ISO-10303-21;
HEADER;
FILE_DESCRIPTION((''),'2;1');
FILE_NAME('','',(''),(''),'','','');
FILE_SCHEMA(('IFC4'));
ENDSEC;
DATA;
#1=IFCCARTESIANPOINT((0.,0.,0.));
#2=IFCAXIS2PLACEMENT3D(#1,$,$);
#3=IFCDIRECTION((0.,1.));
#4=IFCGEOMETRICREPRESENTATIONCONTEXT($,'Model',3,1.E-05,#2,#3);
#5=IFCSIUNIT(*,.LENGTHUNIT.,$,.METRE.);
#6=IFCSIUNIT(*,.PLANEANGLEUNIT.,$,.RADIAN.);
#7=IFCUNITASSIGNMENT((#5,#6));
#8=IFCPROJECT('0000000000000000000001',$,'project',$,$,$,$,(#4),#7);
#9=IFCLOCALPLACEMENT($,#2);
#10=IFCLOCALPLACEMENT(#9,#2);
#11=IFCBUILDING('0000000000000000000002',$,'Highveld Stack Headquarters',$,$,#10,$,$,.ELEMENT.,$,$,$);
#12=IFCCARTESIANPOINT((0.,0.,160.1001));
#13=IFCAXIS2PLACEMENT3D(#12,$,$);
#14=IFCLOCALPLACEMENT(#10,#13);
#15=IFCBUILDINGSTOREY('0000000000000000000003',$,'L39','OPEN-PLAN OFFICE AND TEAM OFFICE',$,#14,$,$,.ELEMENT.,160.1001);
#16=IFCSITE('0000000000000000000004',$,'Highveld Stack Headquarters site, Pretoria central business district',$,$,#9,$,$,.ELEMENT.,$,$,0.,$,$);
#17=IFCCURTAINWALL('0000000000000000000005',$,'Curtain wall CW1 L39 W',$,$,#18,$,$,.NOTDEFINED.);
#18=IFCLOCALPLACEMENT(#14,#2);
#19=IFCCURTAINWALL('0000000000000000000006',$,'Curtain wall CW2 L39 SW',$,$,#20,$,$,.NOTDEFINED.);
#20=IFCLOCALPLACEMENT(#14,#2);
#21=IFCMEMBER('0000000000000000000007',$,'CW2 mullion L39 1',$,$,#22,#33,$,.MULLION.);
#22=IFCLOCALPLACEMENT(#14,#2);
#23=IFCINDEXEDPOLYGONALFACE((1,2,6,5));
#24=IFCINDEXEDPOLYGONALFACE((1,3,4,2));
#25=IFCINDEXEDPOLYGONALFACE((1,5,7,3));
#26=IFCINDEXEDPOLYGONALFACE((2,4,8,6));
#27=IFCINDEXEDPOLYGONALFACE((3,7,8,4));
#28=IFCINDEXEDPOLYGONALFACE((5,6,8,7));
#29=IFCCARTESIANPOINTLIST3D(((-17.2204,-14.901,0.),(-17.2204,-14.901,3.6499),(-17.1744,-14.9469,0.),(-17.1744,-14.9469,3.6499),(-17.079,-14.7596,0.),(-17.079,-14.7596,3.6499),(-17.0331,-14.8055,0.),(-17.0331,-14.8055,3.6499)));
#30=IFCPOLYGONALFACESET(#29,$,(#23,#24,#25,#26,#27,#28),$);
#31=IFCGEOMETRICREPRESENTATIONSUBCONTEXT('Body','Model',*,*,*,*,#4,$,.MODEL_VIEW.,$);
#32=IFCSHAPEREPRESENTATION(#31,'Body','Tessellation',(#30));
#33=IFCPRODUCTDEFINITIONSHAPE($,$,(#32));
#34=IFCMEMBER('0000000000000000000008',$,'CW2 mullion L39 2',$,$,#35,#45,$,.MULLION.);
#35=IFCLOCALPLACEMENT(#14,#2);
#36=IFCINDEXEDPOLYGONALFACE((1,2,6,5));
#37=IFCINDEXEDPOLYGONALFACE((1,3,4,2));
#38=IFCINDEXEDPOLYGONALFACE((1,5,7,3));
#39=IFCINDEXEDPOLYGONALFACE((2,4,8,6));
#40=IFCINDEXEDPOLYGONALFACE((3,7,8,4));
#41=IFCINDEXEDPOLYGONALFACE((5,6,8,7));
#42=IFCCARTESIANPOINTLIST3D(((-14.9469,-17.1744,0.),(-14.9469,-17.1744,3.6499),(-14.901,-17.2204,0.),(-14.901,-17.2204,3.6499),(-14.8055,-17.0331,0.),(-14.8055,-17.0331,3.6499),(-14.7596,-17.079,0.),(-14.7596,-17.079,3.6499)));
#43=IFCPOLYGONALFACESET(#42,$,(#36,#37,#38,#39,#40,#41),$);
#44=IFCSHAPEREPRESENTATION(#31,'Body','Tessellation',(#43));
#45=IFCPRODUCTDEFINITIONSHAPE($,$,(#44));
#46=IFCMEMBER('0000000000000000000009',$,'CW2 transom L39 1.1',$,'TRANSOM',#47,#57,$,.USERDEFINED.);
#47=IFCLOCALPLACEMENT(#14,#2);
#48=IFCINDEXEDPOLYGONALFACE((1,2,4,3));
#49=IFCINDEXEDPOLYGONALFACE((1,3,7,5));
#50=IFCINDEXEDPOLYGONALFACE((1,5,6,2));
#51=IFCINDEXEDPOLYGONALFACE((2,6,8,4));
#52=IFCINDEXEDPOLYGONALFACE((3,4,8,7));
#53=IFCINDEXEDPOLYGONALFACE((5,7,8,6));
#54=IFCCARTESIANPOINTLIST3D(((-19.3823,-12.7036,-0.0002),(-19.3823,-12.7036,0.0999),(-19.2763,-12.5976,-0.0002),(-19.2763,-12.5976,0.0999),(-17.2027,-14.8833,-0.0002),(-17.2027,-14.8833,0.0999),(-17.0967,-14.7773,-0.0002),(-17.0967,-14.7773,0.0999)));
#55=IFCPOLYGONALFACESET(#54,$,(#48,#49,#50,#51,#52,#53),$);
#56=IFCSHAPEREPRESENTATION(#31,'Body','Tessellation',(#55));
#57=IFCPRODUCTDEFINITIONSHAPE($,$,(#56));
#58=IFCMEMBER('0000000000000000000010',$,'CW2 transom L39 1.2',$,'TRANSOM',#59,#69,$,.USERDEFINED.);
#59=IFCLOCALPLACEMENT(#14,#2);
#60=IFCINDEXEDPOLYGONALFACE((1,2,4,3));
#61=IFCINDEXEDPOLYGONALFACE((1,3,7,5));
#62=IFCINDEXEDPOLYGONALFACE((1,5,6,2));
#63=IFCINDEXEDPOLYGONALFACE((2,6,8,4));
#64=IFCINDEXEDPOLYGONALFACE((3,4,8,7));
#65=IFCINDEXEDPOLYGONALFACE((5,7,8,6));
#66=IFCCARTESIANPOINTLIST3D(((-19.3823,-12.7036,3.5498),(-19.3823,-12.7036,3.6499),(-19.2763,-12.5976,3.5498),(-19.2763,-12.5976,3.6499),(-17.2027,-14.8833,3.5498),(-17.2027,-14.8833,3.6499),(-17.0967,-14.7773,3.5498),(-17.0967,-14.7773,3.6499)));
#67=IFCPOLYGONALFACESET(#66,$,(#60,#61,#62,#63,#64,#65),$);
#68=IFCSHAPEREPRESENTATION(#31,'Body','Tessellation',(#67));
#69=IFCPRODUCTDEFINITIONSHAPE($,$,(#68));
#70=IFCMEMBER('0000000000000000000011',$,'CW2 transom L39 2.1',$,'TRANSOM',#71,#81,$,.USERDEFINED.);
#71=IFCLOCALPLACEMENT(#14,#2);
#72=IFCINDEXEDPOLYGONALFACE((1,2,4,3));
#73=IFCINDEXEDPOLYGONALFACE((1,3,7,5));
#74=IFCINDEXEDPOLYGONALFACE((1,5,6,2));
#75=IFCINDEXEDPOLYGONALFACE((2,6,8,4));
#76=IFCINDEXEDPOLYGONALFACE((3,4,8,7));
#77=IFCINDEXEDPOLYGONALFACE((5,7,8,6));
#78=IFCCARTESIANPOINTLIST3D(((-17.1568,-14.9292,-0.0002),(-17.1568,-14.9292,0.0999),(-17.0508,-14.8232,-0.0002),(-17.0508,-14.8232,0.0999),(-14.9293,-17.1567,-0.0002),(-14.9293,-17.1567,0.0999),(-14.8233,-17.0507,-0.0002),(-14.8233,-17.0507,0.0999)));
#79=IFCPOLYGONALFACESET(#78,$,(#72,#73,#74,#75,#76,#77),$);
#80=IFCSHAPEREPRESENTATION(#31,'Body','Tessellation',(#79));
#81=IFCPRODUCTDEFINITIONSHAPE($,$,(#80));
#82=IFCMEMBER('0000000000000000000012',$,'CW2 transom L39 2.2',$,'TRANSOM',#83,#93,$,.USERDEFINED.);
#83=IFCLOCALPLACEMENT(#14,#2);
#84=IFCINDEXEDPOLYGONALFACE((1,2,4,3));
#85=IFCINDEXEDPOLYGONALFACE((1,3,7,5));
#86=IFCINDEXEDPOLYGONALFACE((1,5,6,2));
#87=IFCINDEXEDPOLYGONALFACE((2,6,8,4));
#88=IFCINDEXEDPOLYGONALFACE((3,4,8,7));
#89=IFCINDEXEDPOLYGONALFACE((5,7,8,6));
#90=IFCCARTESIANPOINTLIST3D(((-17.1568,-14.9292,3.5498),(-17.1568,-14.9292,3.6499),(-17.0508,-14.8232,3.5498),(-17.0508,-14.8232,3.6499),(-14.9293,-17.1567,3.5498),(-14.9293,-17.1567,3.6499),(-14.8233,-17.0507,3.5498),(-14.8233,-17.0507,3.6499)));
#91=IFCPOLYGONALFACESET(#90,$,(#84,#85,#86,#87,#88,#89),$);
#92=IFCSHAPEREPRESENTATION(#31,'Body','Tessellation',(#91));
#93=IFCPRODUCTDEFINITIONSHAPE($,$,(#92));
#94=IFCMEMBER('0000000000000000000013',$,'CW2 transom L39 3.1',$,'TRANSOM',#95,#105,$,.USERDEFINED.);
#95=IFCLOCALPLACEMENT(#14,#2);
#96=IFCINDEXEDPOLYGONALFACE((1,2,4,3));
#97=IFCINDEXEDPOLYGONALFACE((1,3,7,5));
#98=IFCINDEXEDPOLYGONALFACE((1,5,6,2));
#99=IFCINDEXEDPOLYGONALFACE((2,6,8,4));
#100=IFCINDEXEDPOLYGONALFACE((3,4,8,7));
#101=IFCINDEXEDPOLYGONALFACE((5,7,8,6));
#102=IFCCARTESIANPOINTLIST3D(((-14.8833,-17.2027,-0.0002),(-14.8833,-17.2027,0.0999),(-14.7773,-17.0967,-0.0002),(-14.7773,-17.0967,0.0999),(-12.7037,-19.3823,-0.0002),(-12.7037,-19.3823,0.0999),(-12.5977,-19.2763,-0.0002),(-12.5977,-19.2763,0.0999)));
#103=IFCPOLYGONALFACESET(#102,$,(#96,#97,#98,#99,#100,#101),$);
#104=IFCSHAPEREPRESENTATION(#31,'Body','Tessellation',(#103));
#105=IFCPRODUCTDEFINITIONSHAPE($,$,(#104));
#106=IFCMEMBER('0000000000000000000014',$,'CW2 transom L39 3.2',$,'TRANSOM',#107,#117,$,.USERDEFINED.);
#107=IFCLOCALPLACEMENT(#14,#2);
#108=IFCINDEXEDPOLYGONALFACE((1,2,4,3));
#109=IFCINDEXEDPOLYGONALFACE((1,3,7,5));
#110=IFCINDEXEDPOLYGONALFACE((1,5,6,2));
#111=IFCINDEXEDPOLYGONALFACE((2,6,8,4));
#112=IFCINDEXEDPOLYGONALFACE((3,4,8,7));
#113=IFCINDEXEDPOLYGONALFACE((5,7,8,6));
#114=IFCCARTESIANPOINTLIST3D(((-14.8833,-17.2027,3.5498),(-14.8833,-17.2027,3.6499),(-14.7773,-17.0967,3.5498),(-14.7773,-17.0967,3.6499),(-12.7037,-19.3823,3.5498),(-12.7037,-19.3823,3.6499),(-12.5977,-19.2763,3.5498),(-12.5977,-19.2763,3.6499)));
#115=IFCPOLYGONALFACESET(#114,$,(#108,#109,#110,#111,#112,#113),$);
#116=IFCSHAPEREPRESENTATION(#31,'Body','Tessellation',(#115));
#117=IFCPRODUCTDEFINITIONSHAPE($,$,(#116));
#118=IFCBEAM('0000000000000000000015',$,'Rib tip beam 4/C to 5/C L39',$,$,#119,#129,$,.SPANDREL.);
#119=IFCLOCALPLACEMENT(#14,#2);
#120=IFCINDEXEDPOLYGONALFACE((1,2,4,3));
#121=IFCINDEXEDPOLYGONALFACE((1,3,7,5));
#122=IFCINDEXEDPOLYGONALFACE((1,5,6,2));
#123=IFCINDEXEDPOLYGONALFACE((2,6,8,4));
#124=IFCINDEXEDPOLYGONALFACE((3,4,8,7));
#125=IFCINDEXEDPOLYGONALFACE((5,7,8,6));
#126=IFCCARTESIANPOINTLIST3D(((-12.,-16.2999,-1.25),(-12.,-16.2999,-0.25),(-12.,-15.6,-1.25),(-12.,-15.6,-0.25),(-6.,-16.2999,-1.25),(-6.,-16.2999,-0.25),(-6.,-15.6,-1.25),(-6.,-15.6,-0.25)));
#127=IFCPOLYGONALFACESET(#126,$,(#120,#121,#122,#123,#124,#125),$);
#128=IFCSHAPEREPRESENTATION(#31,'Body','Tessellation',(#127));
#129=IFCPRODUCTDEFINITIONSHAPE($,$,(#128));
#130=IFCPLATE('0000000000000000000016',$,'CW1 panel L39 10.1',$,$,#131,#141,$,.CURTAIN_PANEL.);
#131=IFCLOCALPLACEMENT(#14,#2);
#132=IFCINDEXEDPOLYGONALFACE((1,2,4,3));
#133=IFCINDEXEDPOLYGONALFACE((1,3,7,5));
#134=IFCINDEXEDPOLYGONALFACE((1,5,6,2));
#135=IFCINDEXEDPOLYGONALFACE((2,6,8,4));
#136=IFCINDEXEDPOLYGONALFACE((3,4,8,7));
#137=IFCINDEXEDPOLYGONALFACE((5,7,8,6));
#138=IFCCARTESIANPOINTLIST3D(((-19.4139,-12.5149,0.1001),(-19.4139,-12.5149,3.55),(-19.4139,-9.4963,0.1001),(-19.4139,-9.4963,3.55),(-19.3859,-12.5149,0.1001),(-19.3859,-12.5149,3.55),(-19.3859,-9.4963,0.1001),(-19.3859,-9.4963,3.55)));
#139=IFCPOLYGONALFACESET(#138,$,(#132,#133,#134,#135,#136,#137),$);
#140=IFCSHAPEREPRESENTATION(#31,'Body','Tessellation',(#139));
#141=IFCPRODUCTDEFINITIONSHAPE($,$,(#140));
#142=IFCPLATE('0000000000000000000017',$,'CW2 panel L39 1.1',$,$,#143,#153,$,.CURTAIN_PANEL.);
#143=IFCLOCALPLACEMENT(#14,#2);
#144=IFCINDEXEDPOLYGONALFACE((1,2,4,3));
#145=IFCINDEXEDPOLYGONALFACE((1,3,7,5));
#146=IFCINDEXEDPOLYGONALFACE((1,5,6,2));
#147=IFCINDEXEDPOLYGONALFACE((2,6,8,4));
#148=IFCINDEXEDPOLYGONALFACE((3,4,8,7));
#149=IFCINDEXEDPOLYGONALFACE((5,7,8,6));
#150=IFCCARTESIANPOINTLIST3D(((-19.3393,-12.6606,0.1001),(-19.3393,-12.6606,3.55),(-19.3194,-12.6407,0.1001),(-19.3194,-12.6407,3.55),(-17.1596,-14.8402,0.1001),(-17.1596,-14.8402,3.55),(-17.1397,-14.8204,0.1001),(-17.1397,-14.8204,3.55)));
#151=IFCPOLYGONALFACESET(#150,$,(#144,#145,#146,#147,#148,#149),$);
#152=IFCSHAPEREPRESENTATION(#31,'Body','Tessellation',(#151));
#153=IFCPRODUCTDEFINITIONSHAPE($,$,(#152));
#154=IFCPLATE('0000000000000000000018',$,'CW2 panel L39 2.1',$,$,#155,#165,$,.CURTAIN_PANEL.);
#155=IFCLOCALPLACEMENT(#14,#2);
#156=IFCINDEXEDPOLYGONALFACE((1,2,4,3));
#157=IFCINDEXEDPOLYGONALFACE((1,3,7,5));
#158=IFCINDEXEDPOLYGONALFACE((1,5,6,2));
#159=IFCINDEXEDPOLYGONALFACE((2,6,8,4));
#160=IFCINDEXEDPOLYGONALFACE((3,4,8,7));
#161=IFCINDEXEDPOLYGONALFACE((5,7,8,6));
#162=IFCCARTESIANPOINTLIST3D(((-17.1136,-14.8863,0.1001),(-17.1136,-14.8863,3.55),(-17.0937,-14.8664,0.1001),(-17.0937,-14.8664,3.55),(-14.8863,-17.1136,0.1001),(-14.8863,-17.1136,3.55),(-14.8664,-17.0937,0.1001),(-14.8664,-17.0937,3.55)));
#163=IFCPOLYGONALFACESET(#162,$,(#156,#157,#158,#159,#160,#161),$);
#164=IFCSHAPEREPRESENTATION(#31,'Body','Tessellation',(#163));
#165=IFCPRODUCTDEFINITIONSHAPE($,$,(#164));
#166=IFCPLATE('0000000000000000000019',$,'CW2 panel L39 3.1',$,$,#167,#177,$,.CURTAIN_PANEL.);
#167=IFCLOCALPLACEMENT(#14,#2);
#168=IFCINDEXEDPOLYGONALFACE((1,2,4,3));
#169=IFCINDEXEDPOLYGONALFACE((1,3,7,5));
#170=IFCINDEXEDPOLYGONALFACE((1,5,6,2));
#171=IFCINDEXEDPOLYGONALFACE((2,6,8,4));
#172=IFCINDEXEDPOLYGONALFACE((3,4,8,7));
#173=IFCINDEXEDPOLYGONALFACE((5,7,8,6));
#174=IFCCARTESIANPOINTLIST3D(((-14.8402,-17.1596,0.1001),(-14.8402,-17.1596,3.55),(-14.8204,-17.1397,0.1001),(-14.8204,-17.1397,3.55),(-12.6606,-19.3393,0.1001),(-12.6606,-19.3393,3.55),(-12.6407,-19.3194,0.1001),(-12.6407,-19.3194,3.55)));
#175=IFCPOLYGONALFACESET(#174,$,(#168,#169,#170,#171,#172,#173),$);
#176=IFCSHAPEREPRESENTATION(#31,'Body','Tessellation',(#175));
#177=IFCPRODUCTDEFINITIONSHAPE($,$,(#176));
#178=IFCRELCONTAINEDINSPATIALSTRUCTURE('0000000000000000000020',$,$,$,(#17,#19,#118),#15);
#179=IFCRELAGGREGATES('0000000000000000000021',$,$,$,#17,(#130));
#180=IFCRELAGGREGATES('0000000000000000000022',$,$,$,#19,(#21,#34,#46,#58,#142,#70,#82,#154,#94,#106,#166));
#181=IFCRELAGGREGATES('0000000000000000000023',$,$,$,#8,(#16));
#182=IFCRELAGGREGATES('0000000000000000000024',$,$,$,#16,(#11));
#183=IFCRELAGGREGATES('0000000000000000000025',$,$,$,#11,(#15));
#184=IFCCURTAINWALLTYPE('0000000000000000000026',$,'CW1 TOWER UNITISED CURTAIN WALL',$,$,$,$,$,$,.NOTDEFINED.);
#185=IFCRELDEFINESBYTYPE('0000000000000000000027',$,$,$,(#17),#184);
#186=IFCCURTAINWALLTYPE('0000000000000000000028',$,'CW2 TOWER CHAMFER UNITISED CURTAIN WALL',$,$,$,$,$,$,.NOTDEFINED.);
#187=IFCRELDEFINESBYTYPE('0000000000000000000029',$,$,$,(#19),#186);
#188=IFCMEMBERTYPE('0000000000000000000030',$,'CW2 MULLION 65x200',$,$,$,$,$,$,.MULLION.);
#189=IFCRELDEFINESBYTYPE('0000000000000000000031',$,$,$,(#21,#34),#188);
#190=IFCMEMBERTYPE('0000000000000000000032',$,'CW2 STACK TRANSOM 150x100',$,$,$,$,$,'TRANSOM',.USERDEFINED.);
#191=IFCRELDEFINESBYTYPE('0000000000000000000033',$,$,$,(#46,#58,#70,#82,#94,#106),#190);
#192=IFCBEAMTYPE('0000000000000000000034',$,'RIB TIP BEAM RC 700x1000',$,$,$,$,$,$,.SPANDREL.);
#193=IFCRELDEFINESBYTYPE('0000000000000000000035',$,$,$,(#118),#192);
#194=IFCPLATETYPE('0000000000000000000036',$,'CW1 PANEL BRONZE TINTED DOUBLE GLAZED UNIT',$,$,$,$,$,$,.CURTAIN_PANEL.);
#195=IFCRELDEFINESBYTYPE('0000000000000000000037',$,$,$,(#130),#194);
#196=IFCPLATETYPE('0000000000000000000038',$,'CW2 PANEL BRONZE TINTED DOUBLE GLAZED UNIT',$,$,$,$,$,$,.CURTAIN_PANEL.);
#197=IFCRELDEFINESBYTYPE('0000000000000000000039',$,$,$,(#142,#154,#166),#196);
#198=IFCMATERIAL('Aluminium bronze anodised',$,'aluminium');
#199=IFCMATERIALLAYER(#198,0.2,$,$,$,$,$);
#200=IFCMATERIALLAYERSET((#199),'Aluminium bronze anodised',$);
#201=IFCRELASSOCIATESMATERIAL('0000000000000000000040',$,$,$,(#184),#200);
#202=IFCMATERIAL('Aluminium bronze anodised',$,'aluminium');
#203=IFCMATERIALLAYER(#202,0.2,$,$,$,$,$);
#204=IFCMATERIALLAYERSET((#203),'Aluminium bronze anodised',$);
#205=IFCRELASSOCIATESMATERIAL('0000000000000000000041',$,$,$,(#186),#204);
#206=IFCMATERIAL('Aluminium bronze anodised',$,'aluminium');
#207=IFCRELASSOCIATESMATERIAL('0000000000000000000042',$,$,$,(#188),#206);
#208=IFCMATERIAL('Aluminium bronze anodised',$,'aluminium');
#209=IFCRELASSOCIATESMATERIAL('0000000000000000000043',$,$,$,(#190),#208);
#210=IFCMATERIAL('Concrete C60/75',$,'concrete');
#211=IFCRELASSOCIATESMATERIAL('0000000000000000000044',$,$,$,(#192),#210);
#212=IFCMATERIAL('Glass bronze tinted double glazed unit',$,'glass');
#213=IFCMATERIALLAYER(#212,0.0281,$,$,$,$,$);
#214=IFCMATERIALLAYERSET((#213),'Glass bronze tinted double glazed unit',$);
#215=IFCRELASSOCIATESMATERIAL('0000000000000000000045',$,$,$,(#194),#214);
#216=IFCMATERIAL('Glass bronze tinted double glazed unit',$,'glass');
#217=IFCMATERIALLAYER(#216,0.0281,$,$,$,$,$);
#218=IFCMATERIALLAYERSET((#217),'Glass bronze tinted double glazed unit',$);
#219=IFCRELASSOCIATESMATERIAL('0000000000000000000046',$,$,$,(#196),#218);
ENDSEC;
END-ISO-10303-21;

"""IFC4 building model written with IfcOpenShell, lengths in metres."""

from ifc_helpers import new_model, si_unit, direction, frame, origin, origin_2d, place, context, subcontext, project, spatial, rectangle, extrude, material, layer, layer_set, material_profile, profile_set, type_object, element, aggregate, save


model = new_model("IFC4")

# Units and contexts
model_context = context("Model", 3, precision=1e-05, world=origin(), true_north=direction((0.0, 1.0)))
body_context = subcontext(model_context, "Body", "Model", "MODEL_VIEW")
ifc_project = project(units=[si_unit("LENGTHUNIT", "METRE"), si_unit("PLANEANGLEUNIT", "RADIAN")], contexts=[model_context])

# Site, building, storey
site_placement = place(None, origin())
site = spatial("IfcSite", under=ifc_project, at=site_placement, Name="Highveld Stack Headquarters site, Pretoria central business district", CompositionType="ELEMENT", RefElevation=0.0)
building_placement = place(site_placement, origin())
building = spatial("IfcBuilding", under=site, at=building_placement, Name="Highveld Stack Headquarters", CompositionType="ELEMENT")
storey_placement = place(building_placement, frame((0.0, 0.0, 160.1001)))
storey = spatial("IfcBuildingStorey", under=building, at=storey_placement, Name="L39", Description="OPEN-PLAN OFFICE AND TEAM OFFICE", CompositionType="ELEMENT", Elevation=160.1001)

# Curtain wall
ifc_material_1 = material(Name="Aluminium bronze anodised", Category="aluminium")
ifc_layer_1 = layer(ifc_material_1, 0.2)
ifc_layer_set_1 = layer_set([ifc_layer_1], Name="Aluminium bronze anodised")
curtain_wall_type_1 = type_object("IfcCurtainWallType", Name="CW1 TOWER UNITISED CURTAIN WALL", PredefinedType="NOTDEFINED", material=ifc_layer_set_1)
curtain_wall_1_placement = place(storey_placement, origin())
curtain_wall_1 = element("IfcCurtainWall", 1, at=curtain_wall_1_placement, inside=storey, type_object=curtain_wall_type_1, Name="Curtain wall CW1 L39 W", PredefinedType="NOTDEFINED")

# Curtain wall, members
ifc_material_2 = material(Name="Aluminium bronze anodised", Category="aluminium")
ifc_layer_2 = layer(ifc_material_2, 0.2)
ifc_layer_set_2 = layer_set([ifc_layer_2], Name="Aluminium bronze anodised")
curtain_wall_type_2 = type_object("IfcCurtainWallType", Name="CW2 TOWER CHAMFER UNITISED CURTAIN WALL", PredefinedType="NOTDEFINED", material=ifc_layer_set_2)
curtain_wall_2_placement = place(storey_placement, origin())
curtain_wall_2 = element("IfcCurtainWall", 2, at=curtain_wall_2_placement, inside=storey, type_object=curtain_wall_type_2, Name="Curtain wall CW2 L39 SW", PredefinedType="NOTDEFINED")
ifc_material_3 = material(Name="Aluminium bronze anodised", Category="aluminium")
ifc_material_profile_1 = material_profile(ifc_material_3, rectangle(XDim=0.2, YDim=0.0649, at=origin_2d()), Name="CW2 MULLION 65x200")
ifc_profile_set_1 = profile_set([ifc_material_profile_1], Name="Aluminium bronze anodised")
member_type_1 = type_object("IfcMemberType", Name="CW2 MULLION 65x200", PredefinedType="MULLION", material=ifc_profile_set_1)
member_1_placement = place(storey_placement, frame((-17.1267, -14.8533, 0.0), z_axis=(0.0, 0.0, 1.0), x_axis=(0.707107, 0.707107, 0.0)))
member_1 = element("IfcMember", 3, at=member_1_placement, type_object=member_type_1, Name="CW2 mullion L39 1", PredefinedType="MULLION", context=body_context, shape_type="SweptSolid", body=[
    extrude(rectangle(XDim=0.2, YDim=0.0649, at=origin_2d()), origin(), (0.0, 0.0, 1.0), 3.6499),
])
member_2_placement = place(storey_placement, frame((-14.8533, -17.1267, 0.0), z_axis=(0.0, 0.0, 1.0), x_axis=(0.707107, 0.707107, 0.0)))
member_2 = element("IfcMember", 4, at=member_2_placement, type_object=member_type_1, Name="CW2 mullion L39 2", PredefinedType="MULLION", context=body_context, shape_type="SweptSolid", body=[
    extrude(rectangle(XDim=0.2, YDim=0.0649, at=origin_2d()), origin(), (0.0, 0.0, 1.0), 3.6499),
])
ifc_material_4 = material(Name="Aluminium bronze anodised", Category="aluminium")
ifc_material_profile_2 = material_profile(ifc_material_4, rectangle(XDim=0.1499, YDim=0.1001, at=origin_2d()), Name="CW2 TRANSOM 150x100")
ifc_profile_set_2 = profile_set([ifc_material_profile_2], Name="Aluminium bronze anodised")
member_type_2 = type_object("IfcMemberType", Name="CW2 STACK TRANSOM 150x100", ElementType="TRANSOM", PredefinedType="USERDEFINED", material=ifc_profile_set_2)
member_3_placement = place(storey_placement, frame((-19.3293, -12.6506, 0.0498), z_axis=(0.707107, -0.707107, 0.0), x_axis=(0.707107, 0.707107, 0.0)))
member_3 = element("IfcMember", 5, at=member_3_placement, type_object=member_type_2, Name="CW2 transom L39 1.1", ObjectType="TRANSOM", PredefinedType="USERDEFINED", context=body_context, shape_type="SweptSolid", body=[
    extrude(rectangle(XDim=0.1499, YDim=0.1001, at=origin_2d()), origin(), (0.0, 0.0, 1.0), 3.0825),
])
member_4_placement = place(storey_placement, frame((-19.3293, -12.6506, 3.5999), z_axis=(0.707107, -0.707107, 0.0), x_axis=(0.707107, 0.707107, 0.0)))
member_4 = element("IfcMember", 6, at=member_4_placement, type_object=member_type_2, Name="CW2 transom L39 1.2", ObjectType="TRANSOM", PredefinedType="USERDEFINED", context=body_context, shape_type="SweptSolid", body=[
    extrude(rectangle(XDim=0.1499, YDim=0.1001, at=origin_2d()), origin(), (0.0, 0.0, 1.0), 3.0825),
])
member_5_placement = place(storey_placement, frame((-17.1038, -14.8762, 0.0498), z_axis=(0.707107, -0.707107, 0.0), x_axis=(0.707107, 0.707107, 0.0)))
member_5 = element("IfcMember", 7, at=member_5_placement, type_object=member_type_2, Name="CW2 transom L39 2.1", ObjectType="TRANSOM", PredefinedType="USERDEFINED", context=body_context, shape_type="SweptSolid", body=[
    extrude(rectangle(XDim=0.1499, YDim=0.1001, at=origin_2d()), origin(), (0.0, 0.0, 1.0), 3.1501),
])
member_6_placement = place(storey_placement, frame((-17.1038, -14.8762, 3.5999), z_axis=(0.707107, -0.707107, 0.0), x_axis=(0.707107, 0.707107, 0.0)))
member_6 = element("IfcMember", 8, at=member_6_placement, type_object=member_type_2, Name="CW2 transom L39 2.2", ObjectType="TRANSOM", PredefinedType="USERDEFINED", context=body_context, shape_type="SweptSolid", body=[
    extrude(rectangle(XDim=0.1499, YDim=0.1001, at=origin_2d()), origin(), (0.0, 0.0, 1.0), 3.1501),
])
member_7_placement = place(storey_placement, frame((-14.8303, -17.1497, 0.0498), z_axis=(0.707107, -0.707107, 0.0), x_axis=(0.707107, 0.707107, 0.0)))
member_7 = element("IfcMember", 9, at=member_7_placement, type_object=member_type_2, Name="CW2 transom L39 3.1", ObjectType="TRANSOM", PredefinedType="USERDEFINED", context=body_context, shape_type="SweptSolid", body=[
    extrude(rectangle(XDim=0.1499, YDim=0.1001, at=origin_2d()), origin(), (0.0, 0.0, 1.0), 3.0825),
])
member_8_placement = place(storey_placement, frame((-14.8303, -17.1497, 3.5999), z_axis=(0.707107, -0.707107, 0.0), x_axis=(0.707107, 0.707107, 0.0)))
member_8 = element("IfcMember", 10, at=member_8_placement, type_object=member_type_2, Name="CW2 transom L39 3.2", ObjectType="TRANSOM", PredefinedType="USERDEFINED", context=body_context, shape_type="SweptSolid", body=[
    extrude(rectangle(XDim=0.1499, YDim=0.1001, at=origin_2d()), origin(), (0.0, 0.0, 1.0), 3.0825),
])

# Beam
ifc_material_5 = material(Name="Concrete C60/75", Category="concrete")
ifc_material_profile_3 = material_profile(ifc_material_5, rectangle(XDim=0.7, YDim=1.0, at=origin_2d()), Name="RC 700x1000")
ifc_profile_set_3 = profile_set([ifc_material_profile_3], Name="Concrete C60/75")
beam_type_1 = type_object("IfcBeamType", Name="RIB TIP BEAM RC 700x1000", PredefinedType="SPANDREL", material=ifc_profile_set_3)
beam_1_placement = place(storey_placement, frame((-12.0, -15.95, -0.75), z_axis=(1.0, 0.0, 0.0), x_axis=(0.0, 1.0, 0.0)))
element("IfcBeam", 11, at=beam_1_placement, inside=storey, type_object=beam_type_1, Name="Rib tip beam 4/C to 5/C L39", PredefinedType="SPANDREL", context=body_context, shape_type="SweptSolid", body=[
    extrude(rectangle(XDim=0.7, YDim=1.0, at=origin_2d()), origin(), (0.0, 0.0, 1.0), 6.0),
])

# Plates
ifc_material_6 = material(Name="Glass bronze tinted double glazed unit", Category="glass")
ifc_layer_3 = layer(ifc_material_6, 0.0281)
ifc_layer_set_3 = layer_set([ifc_layer_3], Name="Glass bronze tinted double glazed unit")
plate_type_1 = type_object("IfcPlateType", Name="CW1 PANEL BRONZE TINTED DOUBLE GLAZED UNIT", PredefinedType="CURTAIN_PANEL", material=ifc_layer_set_3)
plate_1_placement = place(storey_placement, frame((-19.3999, -11.0056, 0.1001), z_axis=(0.0, 0.0, 1.0), x_axis=(0.0, -1.0, 0.0)))
plate_1 = element("IfcPlate", 12, at=plate_1_placement, type_object=plate_type_1, Name="CW1 panel L39 10.1", PredefinedType="CURTAIN_PANEL", context=body_context, shape_type="SweptSolid", body=[
    extrude(rectangle(XDim=3.0186, YDim=0.0281, at=origin_2d()), origin(), (0.0, 0.0, 1.0), 3.45),
])
aggregate(curtain_wall_1, [plate_1])
ifc_material_7 = material(Name="Glass bronze tinted double glazed unit", Category="glass")
ifc_layer_4 = layer(ifc_material_7, 0.0281)
ifc_layer_set_4 = layer_set([ifc_layer_4], Name="Glass bronze tinted double glazed unit")
plate_type_2 = type_object("IfcPlateType", Name="CW2 PANEL BRONZE TINTED DOUBLE GLAZED UNIT", PredefinedType="CURTAIN_PANEL", material=ifc_layer_set_4)
plate_2_placement = place(storey_placement, frame((-18.2395, -13.7405, 0.1001), z_axis=(0.0, 0.0, 1.0), x_axis=(0.707107, -0.707107, 0.0)))
plate_2 = element("IfcPlate", 13, at=plate_2_placement, type_object=plate_type_2, Name="CW2 panel L39 1.1", PredefinedType="CURTAIN_PANEL", context=body_context, shape_type="SweptSolid", body=[
    extrude(rectangle(XDim=3.0825, YDim=0.0281, at=origin_2d()), origin(), (0.0, 0.0, 1.0), 3.45),
])
plate_3_placement = place(storey_placement, frame((-15.99, -15.99, 0.1001), z_axis=(0.0, 0.0, 1.0), x_axis=(0.707107, -0.707107, 0.0)))
plate_3 = element("IfcPlate", 14, at=plate_3_placement, type_object=plate_type_2, Name="CW2 panel L39 2.1", PredefinedType="CURTAIN_PANEL", context=body_context, shape_type="SweptSolid", body=[
    extrude(rectangle(XDim=3.1499, YDim=0.0281, at=origin_2d()), origin(), (0.0, 0.0, 1.0), 3.45),
])
plate_4_placement = place(storey_placement, frame((-13.7405, -18.2395, 0.1001), z_axis=(0.0, 0.0, 1.0), x_axis=(0.707107, -0.707107, 0.0)))
plate_4 = element("IfcPlate", 15, at=plate_4_placement, type_object=plate_type_2, Name="CW2 panel L39 3.1", PredefinedType="CURTAIN_PANEL", context=body_context, shape_type="SweptSolid", body=[
    extrude(rectangle(XDim=3.0825, YDim=0.0281, at=origin_2d()), origin(), (0.0, 0.0, 1.0), 3.45),
])
aggregate(curtain_wall_2, [member_1, member_2, member_3, member_4, plate_2, member_5, member_6, plate_3, member_7, member_8, plate_4])

save(model, "model.ifc")
